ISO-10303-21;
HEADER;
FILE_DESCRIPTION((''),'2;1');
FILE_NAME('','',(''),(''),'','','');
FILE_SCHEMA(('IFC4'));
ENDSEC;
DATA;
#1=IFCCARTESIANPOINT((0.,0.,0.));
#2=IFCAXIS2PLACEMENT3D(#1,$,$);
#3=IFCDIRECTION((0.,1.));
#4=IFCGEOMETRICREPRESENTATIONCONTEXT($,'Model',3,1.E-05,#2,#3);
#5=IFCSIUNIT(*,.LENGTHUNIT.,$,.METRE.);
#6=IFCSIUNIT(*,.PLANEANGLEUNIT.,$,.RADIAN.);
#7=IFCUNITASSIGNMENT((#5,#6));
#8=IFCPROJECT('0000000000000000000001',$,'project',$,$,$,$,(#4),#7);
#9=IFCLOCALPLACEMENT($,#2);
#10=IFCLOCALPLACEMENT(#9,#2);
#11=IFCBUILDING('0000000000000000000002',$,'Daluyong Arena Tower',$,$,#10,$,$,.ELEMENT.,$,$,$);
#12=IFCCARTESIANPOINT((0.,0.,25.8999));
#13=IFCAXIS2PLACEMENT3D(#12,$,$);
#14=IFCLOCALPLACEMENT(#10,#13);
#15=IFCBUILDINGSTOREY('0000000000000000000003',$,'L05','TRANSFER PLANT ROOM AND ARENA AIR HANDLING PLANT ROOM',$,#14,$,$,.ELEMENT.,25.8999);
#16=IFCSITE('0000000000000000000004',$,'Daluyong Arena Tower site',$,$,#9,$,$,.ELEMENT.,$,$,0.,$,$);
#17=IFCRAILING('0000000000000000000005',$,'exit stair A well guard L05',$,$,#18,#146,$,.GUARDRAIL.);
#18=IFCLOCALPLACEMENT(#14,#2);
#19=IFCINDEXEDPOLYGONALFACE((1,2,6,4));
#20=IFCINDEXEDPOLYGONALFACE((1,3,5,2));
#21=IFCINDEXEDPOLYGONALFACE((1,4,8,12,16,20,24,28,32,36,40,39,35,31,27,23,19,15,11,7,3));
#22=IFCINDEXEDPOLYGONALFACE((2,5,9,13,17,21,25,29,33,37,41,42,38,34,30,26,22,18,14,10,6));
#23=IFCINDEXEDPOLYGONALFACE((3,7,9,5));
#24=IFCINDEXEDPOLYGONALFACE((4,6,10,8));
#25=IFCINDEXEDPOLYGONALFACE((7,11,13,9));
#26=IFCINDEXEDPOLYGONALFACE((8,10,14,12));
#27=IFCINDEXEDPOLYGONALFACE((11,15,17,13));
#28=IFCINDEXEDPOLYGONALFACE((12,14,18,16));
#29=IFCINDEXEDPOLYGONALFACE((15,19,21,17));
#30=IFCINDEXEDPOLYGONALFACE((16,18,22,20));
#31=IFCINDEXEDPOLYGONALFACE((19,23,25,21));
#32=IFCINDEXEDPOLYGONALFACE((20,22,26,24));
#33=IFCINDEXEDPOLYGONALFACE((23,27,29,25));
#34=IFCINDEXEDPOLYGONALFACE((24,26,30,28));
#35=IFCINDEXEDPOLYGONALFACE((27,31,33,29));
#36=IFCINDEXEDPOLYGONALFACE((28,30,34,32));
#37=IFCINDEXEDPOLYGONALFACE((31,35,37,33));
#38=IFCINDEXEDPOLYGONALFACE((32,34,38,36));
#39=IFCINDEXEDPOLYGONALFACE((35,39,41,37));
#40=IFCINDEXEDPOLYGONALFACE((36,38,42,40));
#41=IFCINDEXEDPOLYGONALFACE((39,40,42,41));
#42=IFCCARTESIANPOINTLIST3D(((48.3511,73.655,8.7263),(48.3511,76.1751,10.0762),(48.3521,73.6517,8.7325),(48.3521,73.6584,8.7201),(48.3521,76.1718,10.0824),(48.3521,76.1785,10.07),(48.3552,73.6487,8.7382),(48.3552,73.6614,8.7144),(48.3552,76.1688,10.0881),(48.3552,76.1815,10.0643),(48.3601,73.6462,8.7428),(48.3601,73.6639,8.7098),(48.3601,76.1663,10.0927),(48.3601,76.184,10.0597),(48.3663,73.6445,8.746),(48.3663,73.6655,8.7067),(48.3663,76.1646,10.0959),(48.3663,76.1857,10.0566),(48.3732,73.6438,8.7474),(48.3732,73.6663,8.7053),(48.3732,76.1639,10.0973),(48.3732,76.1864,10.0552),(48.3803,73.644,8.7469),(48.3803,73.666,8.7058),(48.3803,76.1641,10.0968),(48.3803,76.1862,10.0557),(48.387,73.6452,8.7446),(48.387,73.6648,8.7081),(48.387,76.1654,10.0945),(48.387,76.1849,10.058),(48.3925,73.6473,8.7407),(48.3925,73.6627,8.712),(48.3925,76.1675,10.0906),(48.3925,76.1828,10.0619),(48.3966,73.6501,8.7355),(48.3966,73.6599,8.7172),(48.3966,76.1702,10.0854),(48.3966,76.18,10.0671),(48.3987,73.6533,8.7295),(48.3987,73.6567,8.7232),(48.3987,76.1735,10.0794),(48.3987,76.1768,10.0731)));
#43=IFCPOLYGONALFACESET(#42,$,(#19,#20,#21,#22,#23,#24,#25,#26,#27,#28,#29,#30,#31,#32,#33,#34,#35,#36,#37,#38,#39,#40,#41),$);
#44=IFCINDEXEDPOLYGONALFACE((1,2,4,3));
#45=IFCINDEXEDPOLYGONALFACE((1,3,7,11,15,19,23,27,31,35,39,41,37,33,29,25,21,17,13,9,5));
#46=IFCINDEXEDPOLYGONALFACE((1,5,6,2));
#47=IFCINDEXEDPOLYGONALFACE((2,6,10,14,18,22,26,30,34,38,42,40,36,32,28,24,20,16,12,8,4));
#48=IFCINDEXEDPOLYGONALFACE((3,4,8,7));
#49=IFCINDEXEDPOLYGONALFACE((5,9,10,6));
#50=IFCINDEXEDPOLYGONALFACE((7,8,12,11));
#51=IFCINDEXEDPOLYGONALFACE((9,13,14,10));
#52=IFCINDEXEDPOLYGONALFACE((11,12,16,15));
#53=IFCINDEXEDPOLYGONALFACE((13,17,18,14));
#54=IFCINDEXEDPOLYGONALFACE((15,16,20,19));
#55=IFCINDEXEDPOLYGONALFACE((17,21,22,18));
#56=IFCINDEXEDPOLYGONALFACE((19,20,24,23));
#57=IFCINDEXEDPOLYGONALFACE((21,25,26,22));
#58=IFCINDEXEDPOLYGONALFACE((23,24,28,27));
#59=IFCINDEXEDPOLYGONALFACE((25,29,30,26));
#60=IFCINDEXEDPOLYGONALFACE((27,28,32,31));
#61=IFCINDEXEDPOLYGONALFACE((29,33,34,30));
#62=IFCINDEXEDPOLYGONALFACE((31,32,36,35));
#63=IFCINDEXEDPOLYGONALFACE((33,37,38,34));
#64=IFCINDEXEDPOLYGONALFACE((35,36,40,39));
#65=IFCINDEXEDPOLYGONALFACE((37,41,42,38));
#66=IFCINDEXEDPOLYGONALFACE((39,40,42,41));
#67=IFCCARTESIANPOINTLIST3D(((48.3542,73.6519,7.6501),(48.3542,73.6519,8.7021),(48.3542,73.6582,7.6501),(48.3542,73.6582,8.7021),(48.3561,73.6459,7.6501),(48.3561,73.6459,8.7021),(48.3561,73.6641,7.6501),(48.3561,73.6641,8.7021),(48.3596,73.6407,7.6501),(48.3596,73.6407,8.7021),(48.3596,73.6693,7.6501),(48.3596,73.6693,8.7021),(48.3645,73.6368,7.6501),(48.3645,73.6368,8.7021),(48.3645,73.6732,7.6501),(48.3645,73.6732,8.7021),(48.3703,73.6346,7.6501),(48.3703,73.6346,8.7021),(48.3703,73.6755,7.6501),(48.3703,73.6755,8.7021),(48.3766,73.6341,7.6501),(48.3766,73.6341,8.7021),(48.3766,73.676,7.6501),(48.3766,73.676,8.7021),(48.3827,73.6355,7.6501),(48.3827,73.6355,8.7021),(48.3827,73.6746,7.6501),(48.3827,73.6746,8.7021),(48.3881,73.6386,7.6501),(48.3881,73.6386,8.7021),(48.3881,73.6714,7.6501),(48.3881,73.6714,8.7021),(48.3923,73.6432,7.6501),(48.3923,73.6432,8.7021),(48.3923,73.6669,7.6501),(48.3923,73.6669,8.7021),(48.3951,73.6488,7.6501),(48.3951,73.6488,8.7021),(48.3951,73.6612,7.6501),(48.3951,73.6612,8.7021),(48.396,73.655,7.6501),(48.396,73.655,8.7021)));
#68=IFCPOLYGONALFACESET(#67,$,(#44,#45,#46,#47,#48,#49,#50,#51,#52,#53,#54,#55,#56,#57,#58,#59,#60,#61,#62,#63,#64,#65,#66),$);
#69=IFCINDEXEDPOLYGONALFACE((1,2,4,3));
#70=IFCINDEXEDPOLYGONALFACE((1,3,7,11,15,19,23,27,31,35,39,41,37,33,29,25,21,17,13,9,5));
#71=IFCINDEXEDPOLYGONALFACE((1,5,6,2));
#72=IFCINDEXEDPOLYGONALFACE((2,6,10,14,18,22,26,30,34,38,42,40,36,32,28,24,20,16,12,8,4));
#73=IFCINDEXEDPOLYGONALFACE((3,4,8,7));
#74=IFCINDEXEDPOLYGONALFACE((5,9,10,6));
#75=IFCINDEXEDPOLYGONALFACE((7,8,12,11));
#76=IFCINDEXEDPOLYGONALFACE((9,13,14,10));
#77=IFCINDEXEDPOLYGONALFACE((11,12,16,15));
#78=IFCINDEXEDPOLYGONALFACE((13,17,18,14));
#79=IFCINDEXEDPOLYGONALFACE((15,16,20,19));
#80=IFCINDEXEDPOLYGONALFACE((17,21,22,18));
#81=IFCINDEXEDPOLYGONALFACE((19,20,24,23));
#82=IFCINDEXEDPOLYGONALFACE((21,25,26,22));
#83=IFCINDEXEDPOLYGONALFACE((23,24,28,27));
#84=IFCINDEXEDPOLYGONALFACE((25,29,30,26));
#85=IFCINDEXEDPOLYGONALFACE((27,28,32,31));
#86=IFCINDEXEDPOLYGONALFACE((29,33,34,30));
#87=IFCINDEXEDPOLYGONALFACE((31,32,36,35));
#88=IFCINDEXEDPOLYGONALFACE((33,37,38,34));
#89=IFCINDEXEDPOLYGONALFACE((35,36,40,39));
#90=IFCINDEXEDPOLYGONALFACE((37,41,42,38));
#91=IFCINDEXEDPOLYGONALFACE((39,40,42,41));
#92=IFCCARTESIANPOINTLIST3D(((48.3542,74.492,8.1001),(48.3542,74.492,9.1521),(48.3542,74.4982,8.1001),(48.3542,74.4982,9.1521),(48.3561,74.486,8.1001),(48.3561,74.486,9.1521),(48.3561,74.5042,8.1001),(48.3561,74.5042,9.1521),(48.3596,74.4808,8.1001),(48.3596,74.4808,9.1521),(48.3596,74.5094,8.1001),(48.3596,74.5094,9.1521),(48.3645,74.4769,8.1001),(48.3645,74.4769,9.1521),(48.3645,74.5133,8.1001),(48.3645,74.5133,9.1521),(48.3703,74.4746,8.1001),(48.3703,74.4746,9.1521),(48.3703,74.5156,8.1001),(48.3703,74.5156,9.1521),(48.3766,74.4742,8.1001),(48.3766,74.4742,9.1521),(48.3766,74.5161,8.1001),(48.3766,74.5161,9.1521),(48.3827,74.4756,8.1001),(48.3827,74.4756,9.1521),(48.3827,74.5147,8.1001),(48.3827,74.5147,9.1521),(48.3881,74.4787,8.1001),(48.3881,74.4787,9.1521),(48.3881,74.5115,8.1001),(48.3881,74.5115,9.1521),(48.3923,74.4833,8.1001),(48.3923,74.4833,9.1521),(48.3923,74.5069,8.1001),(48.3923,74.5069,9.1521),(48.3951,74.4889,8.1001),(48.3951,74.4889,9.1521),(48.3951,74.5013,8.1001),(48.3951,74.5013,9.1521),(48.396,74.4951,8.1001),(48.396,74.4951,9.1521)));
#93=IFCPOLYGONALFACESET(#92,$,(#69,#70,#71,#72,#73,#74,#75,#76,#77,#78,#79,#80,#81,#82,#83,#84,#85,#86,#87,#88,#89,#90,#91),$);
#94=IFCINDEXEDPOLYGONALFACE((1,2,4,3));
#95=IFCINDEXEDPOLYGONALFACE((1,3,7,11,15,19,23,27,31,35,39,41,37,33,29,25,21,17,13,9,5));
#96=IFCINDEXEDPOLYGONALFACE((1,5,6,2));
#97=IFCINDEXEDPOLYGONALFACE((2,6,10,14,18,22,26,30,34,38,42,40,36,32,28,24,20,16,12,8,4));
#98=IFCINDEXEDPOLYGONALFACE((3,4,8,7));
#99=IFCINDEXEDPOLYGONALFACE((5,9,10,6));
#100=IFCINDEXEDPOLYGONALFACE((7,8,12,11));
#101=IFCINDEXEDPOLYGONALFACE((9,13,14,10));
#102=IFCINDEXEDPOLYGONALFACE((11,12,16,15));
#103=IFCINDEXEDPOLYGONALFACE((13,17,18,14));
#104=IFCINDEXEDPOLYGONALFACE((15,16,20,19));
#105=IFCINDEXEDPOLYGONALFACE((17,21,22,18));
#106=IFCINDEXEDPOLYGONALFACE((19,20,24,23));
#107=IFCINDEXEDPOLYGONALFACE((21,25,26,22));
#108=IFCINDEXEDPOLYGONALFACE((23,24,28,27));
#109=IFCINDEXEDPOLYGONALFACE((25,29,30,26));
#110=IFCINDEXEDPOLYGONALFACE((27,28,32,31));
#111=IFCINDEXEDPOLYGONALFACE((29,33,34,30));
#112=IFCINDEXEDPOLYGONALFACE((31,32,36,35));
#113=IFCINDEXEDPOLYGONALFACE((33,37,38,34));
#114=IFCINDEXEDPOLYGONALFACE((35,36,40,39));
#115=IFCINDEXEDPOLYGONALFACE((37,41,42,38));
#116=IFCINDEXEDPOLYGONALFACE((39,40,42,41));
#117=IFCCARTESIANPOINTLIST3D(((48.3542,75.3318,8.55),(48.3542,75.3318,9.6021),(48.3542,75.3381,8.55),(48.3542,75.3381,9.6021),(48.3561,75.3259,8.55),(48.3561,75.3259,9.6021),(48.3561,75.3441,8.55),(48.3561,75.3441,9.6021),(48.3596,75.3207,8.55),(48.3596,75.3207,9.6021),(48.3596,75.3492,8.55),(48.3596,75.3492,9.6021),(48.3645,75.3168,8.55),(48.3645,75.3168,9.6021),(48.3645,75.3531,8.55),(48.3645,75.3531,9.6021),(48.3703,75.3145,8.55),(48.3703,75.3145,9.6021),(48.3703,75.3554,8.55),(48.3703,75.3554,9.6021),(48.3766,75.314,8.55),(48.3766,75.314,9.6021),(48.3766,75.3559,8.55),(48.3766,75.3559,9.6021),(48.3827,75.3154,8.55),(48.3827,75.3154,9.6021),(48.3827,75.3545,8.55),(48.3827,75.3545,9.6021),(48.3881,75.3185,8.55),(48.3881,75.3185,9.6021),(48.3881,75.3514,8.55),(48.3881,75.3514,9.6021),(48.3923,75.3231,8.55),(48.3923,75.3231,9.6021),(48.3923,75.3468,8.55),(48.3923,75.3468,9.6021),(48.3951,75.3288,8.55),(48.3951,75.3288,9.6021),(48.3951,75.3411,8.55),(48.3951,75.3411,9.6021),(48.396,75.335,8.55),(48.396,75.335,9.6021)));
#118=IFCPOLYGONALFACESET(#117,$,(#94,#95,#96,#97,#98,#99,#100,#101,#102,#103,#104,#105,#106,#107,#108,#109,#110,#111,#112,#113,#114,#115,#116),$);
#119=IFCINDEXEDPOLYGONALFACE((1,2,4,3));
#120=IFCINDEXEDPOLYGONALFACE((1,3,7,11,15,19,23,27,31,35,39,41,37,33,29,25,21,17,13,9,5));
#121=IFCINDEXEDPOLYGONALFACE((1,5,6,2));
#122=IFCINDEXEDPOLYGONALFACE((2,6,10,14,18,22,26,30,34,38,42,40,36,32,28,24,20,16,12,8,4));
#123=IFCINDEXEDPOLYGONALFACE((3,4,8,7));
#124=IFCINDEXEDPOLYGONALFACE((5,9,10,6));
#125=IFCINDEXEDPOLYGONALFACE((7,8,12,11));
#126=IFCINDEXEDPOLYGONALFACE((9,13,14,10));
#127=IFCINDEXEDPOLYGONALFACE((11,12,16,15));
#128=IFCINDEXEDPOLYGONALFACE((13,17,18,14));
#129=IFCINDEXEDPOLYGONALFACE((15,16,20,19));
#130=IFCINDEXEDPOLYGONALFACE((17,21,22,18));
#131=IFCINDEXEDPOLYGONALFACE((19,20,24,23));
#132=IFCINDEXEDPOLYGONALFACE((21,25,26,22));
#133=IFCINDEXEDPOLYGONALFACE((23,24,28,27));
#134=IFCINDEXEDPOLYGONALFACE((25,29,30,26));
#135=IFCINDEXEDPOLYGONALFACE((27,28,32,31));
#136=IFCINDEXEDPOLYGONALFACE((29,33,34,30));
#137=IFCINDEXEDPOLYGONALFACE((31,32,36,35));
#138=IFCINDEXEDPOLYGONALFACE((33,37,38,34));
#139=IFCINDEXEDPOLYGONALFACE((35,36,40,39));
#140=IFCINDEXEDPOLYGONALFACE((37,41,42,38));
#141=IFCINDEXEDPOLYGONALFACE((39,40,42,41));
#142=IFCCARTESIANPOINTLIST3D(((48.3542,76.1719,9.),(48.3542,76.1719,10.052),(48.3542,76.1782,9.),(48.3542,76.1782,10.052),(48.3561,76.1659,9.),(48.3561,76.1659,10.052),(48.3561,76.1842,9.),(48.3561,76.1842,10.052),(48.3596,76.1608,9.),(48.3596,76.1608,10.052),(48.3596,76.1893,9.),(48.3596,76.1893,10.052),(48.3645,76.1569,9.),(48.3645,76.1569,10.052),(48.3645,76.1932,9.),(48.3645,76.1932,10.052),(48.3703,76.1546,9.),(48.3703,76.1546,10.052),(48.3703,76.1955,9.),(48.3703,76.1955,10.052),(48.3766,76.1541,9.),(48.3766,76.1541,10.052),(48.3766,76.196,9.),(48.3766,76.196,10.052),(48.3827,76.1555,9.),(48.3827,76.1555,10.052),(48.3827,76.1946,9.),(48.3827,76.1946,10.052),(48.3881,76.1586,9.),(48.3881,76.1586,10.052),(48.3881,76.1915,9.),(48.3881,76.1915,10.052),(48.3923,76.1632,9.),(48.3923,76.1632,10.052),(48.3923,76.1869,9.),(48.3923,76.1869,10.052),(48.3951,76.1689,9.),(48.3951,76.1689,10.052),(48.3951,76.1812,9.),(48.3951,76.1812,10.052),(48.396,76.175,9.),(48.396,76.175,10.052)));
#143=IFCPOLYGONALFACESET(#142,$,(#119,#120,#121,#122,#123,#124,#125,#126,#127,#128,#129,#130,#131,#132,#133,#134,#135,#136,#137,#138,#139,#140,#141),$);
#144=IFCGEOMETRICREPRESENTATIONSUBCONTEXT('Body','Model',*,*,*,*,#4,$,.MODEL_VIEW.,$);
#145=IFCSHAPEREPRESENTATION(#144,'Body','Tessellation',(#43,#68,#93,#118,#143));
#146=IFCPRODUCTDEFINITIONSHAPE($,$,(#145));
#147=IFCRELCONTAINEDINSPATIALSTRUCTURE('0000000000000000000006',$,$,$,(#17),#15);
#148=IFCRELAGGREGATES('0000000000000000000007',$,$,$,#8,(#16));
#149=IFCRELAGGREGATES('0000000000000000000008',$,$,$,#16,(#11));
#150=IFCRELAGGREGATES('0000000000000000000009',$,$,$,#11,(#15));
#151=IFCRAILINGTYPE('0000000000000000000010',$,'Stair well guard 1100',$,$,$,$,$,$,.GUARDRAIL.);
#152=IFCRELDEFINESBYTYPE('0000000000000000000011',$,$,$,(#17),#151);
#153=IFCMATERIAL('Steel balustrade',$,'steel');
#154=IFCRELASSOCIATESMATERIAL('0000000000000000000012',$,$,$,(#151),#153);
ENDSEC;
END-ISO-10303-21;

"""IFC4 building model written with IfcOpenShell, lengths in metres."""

from ifc_helpers import new_model, si_unit, direction, frame, origin, origin_2d, place, context, subcontext, project, spatial, circle, extrude, material, type_object, element, save


model = new_model("IFC4")

# Units and contexts
model_context = context("Model", 3, precision=1e-05, world=origin(), true_north=direction((0.0, 1.0)))
body_context = subcontext(model_context, "Body", "Model", "MODEL_VIEW")
ifc_project = project(units=[si_unit("LENGTHUNIT", "METRE"), si_unit("PLANEANGLEUNIT", "RADIAN")], contexts=[model_context])

# Site, building, storey
site_placement = place(None, origin())
site = spatial("IfcSite", under=ifc_project, at=site_placement, Name="Daluyong Arena Tower site", CompositionType="ELEMENT", RefElevation=0.0)
building_placement = place(site_placement, origin())
building = spatial("IfcBuilding", under=site, at=building_placement, Name="Daluyong Arena Tower", CompositionType="ELEMENT")
storey_placement = place(building_placement, frame((0.0, 0.0, 25.8999)))
storey = spatial("IfcBuildingStorey", under=building, at=storey_placement, Name="L05", Description="TRANSFER PLANT ROOM AND ARENA AIR HANDLING PLANT ROOM", CompositionType="ELEMENT", Elevation=25.8999)

# Railing
ifc_material_1 = material(Name="Steel balustrade", Category="steel")
railing_type_1 = type_object("IfcRailingType", Name="Stair well guard 1100", PredefinedType="GUARDRAIL", material=ifc_material_1)
railing_1_placement = place(storey_placement, frame((48.375, 73.655, 7.6501)))
element("IfcRailing", 1, at=railing_1_placement, inside=storey, type_object=railing_type_1, Name="exit stair A well guard L05", PredefinedType="GUARDRAIL", context=body_context, shape_type="SweptSolid", body=[
    extrude(circle(Radius=0.0239, at=origin_2d()), frame((0.0, 0.0, 1.0762), z_axis=(0.0, 0.881503, 0.472179), x_axis=(-1.0, 0.0, 0.0)), (0.0, 0.0, 1.0), 2.8589),
    extrude(circle(Radius=0.021, at=origin_2d()), origin(), (0.0, 0.0, 1.0), 1.052),
    extrude(circle(Radius=0.021, at=origin_2d()), frame((0.0, 0.8401, 0.45)), (0.0, 0.0, 1.0), 1.052),
    extrude(circle(Radius=0.021, at=origin_2d()), frame((0.0, 1.6799, 0.8999)), (0.0, 0.0, 1.0), 1.052),
    extrude(circle(Radius=0.021, at=origin_2d()), frame((0.0, 2.52, 1.3499)), (0.0, 0.0, 1.0), 1.052),
])

save(model, "model.ifc")
